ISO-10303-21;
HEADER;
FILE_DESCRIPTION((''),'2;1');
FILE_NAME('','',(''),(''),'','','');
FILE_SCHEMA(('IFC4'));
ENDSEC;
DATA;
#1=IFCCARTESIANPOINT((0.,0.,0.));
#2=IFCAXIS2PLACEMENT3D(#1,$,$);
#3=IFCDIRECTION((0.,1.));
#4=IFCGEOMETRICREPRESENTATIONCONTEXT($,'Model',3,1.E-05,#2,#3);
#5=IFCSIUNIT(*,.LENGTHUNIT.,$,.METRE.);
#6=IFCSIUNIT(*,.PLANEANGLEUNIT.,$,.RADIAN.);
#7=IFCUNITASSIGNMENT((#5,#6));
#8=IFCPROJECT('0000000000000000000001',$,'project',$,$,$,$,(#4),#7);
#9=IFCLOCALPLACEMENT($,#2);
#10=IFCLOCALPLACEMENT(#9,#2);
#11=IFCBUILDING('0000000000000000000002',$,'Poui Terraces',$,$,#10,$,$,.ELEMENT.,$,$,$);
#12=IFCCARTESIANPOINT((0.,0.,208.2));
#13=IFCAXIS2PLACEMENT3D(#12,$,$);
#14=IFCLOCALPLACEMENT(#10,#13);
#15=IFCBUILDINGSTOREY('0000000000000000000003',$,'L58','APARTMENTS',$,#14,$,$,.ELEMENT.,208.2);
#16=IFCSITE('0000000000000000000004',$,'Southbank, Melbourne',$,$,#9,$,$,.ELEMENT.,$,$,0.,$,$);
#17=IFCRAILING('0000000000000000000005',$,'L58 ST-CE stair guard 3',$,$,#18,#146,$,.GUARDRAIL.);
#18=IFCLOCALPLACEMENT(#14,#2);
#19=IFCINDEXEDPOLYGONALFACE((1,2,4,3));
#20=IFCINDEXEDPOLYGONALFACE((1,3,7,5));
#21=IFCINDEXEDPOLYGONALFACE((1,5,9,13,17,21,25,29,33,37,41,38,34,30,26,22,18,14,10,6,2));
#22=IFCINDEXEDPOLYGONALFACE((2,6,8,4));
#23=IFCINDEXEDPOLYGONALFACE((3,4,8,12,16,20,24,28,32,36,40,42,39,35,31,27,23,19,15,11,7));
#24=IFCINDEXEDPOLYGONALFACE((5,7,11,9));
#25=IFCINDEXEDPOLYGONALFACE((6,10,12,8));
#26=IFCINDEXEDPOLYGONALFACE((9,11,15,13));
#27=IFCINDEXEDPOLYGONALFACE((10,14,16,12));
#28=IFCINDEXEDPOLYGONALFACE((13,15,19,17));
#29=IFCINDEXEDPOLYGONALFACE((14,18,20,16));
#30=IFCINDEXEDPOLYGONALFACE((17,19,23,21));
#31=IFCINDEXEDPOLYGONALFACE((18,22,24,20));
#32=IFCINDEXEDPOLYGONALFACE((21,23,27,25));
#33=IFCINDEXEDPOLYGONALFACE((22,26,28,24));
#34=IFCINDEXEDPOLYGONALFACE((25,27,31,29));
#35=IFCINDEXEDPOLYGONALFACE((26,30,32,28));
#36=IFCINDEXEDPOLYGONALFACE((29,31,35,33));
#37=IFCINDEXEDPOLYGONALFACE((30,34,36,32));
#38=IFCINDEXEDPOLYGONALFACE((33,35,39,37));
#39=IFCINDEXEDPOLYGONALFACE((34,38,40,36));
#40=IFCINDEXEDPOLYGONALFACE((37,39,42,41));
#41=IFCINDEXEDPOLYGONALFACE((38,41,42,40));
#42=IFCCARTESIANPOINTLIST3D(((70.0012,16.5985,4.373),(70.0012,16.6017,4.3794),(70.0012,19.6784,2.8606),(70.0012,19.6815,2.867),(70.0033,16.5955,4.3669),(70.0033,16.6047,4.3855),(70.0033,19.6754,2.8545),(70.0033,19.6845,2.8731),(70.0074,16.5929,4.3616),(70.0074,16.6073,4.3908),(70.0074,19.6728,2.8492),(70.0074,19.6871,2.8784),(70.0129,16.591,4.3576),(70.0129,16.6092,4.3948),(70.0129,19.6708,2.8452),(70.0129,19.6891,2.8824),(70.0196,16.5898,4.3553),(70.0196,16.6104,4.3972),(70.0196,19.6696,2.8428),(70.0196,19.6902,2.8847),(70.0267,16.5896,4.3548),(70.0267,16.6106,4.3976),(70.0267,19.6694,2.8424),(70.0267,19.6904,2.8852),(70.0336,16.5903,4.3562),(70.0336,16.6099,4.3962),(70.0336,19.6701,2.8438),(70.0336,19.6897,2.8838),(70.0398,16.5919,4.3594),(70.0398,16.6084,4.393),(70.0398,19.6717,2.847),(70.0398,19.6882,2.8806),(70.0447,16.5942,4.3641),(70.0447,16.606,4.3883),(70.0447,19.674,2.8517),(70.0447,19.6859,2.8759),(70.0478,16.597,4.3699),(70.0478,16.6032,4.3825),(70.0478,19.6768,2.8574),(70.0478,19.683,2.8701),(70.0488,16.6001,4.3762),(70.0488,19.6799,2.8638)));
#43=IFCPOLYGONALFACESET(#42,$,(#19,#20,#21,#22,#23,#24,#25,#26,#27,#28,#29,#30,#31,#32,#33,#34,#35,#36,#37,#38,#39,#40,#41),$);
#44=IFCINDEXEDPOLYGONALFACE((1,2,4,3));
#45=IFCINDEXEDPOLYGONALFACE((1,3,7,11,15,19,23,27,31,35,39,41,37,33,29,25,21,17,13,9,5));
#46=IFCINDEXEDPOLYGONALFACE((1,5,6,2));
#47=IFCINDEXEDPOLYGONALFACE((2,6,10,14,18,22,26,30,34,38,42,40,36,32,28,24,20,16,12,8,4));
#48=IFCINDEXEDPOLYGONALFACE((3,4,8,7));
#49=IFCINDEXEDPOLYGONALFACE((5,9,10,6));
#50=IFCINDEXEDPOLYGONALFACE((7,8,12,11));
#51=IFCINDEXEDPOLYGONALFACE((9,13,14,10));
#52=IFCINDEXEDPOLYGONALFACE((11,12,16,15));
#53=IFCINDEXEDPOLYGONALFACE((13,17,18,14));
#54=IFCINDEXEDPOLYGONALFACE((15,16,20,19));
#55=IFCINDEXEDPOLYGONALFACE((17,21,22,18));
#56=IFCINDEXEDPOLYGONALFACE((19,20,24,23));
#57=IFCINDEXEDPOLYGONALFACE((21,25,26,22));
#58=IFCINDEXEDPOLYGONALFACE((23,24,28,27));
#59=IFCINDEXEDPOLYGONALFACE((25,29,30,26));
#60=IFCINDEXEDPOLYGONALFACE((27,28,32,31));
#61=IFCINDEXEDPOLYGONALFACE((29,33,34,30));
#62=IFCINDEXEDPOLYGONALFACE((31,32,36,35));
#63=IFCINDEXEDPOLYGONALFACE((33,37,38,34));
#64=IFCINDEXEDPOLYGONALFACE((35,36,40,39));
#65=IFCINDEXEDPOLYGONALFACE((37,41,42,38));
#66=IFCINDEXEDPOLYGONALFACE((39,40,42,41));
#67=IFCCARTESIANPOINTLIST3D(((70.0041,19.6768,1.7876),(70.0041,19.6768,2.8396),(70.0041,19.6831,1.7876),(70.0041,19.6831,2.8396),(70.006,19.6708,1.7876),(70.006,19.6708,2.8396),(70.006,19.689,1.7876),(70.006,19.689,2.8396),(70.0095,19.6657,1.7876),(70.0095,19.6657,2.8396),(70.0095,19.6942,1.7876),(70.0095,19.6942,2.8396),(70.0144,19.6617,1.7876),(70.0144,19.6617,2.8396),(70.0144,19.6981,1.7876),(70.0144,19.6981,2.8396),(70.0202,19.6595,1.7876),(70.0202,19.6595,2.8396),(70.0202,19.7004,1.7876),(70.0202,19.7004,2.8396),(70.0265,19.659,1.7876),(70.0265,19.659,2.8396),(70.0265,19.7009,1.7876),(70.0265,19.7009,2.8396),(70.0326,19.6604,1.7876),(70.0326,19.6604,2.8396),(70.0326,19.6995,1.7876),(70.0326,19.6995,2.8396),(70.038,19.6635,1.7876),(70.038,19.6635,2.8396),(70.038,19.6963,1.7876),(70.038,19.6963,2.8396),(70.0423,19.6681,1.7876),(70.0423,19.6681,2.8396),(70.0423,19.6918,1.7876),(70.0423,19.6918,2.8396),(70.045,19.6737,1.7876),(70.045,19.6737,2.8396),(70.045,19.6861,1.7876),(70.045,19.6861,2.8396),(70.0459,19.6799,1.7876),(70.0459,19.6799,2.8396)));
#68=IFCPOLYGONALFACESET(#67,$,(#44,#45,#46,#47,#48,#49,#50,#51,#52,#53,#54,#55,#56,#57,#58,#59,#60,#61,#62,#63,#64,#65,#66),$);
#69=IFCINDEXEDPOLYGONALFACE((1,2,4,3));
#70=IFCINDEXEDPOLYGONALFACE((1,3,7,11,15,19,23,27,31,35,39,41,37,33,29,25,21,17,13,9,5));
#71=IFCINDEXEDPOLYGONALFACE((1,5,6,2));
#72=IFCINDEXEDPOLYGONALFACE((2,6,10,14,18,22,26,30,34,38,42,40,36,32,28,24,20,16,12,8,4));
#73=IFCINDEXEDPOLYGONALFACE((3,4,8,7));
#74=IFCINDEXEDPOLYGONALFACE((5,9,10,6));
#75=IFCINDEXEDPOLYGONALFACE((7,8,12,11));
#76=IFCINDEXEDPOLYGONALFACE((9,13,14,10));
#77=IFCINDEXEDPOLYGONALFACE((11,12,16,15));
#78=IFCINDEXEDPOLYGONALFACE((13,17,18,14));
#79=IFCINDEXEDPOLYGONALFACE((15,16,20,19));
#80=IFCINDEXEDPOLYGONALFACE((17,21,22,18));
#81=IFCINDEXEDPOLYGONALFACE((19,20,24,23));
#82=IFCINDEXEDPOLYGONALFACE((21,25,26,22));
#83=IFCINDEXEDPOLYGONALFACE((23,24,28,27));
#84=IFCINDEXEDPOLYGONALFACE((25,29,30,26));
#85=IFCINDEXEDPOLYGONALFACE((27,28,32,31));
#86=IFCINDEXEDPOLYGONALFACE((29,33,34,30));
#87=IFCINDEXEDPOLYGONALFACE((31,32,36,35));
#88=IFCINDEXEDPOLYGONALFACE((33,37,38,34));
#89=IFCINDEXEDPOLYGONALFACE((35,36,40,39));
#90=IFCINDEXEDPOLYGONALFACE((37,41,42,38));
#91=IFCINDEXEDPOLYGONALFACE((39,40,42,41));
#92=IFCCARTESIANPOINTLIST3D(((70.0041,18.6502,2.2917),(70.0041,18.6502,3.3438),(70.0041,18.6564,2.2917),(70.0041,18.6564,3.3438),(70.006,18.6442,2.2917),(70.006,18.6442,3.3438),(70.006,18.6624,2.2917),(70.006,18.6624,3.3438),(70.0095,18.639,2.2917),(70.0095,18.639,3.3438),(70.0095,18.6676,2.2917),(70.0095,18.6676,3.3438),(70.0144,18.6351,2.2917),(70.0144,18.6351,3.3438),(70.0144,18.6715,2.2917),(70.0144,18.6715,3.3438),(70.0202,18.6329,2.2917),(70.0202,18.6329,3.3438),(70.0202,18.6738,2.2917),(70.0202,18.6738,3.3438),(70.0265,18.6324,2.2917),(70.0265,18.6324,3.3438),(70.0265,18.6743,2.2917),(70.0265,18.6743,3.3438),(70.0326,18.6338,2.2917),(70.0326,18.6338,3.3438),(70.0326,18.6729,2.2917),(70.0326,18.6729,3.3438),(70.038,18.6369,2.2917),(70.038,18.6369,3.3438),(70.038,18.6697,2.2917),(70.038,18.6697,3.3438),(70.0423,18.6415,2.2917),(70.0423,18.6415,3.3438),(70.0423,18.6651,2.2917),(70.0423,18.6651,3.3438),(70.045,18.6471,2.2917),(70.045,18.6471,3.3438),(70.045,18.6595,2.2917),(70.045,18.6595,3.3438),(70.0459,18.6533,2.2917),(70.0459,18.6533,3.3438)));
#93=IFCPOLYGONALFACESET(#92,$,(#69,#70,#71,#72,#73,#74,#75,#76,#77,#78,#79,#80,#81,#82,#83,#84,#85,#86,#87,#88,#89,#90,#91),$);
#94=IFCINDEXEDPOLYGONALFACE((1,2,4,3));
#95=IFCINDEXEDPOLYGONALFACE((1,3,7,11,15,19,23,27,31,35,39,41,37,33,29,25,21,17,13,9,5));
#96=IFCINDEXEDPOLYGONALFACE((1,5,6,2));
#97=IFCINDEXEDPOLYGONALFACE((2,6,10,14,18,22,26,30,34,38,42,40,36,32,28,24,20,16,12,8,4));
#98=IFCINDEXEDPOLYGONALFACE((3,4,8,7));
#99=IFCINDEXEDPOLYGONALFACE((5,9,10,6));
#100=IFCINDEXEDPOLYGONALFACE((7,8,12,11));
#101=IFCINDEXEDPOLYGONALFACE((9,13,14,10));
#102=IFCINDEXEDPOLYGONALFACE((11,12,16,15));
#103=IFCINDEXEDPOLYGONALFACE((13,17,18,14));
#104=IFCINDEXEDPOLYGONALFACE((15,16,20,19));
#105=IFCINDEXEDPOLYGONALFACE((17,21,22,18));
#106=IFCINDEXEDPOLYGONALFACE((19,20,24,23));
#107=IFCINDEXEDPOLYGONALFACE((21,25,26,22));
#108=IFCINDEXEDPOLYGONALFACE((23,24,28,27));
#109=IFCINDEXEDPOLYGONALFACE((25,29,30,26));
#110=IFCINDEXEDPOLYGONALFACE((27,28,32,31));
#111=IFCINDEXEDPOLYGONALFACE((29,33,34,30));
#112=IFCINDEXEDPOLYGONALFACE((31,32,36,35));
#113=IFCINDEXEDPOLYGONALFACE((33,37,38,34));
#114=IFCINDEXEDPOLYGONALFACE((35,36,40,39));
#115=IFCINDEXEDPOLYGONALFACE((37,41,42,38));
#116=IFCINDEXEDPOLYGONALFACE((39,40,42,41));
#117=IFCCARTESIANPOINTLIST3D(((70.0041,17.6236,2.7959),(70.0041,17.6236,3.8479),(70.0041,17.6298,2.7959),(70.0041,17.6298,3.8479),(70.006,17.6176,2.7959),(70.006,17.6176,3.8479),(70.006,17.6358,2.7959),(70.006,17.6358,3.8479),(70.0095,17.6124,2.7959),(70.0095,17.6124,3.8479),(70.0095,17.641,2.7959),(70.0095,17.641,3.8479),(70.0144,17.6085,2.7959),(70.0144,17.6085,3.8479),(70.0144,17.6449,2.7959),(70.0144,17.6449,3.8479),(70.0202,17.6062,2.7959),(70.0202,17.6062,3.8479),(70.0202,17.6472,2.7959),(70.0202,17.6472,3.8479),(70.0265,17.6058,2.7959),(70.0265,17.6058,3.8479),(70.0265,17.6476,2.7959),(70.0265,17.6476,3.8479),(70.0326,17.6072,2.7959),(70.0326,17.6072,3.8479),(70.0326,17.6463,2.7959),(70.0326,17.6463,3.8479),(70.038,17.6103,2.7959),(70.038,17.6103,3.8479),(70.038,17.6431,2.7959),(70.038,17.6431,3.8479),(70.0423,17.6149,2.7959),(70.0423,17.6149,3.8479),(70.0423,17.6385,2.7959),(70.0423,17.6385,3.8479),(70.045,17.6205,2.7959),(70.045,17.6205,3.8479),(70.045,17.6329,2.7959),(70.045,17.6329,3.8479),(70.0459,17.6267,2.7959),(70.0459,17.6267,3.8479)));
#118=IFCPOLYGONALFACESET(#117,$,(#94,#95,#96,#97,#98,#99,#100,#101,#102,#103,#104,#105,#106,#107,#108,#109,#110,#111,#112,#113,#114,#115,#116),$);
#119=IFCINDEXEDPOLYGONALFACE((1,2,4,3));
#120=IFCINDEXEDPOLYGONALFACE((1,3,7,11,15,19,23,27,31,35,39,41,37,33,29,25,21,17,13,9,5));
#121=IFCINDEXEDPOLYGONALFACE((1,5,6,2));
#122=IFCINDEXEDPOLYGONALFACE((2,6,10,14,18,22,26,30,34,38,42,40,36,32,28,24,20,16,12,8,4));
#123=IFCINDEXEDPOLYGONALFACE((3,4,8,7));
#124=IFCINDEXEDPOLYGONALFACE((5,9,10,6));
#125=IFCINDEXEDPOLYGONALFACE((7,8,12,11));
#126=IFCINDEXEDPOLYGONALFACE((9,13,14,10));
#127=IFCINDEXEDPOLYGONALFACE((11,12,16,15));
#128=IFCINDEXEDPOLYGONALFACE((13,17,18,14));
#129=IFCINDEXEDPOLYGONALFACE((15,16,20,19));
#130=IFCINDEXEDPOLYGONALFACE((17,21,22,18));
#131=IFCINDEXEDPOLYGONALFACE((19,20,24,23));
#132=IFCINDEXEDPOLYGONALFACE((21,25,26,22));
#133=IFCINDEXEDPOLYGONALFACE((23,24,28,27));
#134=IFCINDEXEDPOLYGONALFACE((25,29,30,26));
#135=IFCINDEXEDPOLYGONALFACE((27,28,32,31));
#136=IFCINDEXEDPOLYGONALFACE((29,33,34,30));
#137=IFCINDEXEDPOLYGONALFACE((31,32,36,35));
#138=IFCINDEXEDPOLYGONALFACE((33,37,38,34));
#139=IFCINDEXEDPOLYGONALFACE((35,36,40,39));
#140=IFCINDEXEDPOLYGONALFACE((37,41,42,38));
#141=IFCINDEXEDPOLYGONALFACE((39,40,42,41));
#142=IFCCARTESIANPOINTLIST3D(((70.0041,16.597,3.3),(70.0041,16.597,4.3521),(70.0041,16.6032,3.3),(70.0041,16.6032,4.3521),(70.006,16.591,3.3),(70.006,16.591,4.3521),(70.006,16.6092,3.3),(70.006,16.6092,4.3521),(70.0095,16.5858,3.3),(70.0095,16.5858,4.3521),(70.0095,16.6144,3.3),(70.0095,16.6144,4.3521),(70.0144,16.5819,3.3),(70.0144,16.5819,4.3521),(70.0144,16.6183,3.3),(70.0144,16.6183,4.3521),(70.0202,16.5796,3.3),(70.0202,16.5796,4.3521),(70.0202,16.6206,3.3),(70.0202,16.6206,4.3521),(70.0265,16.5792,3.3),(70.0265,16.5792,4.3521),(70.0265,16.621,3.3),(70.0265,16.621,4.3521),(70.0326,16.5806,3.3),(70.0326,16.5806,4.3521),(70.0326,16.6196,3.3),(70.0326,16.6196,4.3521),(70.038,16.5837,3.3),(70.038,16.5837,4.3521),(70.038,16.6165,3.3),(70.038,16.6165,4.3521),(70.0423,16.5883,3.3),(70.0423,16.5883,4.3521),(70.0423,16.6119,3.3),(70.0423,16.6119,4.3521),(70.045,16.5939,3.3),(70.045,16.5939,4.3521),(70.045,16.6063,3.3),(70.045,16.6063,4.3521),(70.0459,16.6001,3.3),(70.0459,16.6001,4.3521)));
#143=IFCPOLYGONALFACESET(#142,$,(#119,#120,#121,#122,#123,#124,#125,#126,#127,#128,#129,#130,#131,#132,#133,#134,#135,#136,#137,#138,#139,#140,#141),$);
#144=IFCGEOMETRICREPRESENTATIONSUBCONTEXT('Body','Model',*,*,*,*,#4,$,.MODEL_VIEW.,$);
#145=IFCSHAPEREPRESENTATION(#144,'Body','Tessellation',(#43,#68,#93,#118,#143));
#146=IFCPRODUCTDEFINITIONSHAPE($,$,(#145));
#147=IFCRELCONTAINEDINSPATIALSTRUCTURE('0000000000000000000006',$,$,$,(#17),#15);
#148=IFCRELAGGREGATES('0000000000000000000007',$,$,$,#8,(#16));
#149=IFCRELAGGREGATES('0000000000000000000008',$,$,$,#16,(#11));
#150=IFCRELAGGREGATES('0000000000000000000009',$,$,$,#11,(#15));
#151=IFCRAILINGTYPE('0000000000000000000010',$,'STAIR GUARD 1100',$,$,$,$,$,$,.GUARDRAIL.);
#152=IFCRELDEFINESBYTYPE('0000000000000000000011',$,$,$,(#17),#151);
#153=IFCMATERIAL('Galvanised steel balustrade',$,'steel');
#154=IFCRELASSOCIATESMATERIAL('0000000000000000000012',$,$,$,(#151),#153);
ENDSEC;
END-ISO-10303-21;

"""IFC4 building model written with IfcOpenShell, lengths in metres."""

from ifc_helpers import new_model, si_unit, direction, frame, origin, origin_2d, place, context, subcontext, project, spatial, circle, extrude, material, type_object, element, save


model = new_model("IFC4")

# Units and contexts
model_context = context("Model", 3, precision=1e-05, world=origin(), true_north=direction((0.0, 1.0)))
body_context = subcontext(model_context, "Body", "Model", "MODEL_VIEW")
ifc_project = project(units=[si_unit("LENGTHUNIT", "METRE"), si_unit("PLANEANGLEUNIT", "RADIAN")], contexts=[model_context])

# Site, building, storey
site_placement = place(None, origin())
site = spatial("IfcSite", under=ifc_project, at=site_placement, Name="Southbank, Melbourne", CompositionType="ELEMENT", RefElevation=0.0)
building_placement = place(site_placement, origin())
building = spatial("IfcBuilding", under=site, at=building_placement, Name="Poui Terraces", CompositionType="ELEMENT")
storey_placement = place(building_placement, frame((0.0, 0.0, 208.2)))
storey = spatial("IfcBuildingStorey", under=building, at=storey_placement, Name="L58", Description="APARTMENTS", CompositionType="ELEMENT", Elevation=208.2)

# Railing
ifc_material_1 = material(Name="Galvanised steel balustrade", Category="steel")
railing_type_1 = type_object("IfcRailingType", Name="STAIR GUARD 1100", PredefinedType="GUARDRAIL", material=ifc_material_1)
railing_1_placement = place(storey_placement, frame((70.0249, 19.6799, 1.7876)))
element("IfcRailing", 1, at=railing_1_placement, inside=storey, type_object=railing_type_1, Name="L58 ST-CE stair guard 3", PredefinedType="GUARDRAIL", context=body_context, shape_type="SweptSolid", body=[
    extrude(circle(Radius=0.0239, at=origin_2d()), frame((0.0, 0.0, 1.0762), z_axis=(0.0, -0.897606, 0.440798), x_axis=(1.0, 0.0, 0.0)), (0.0, 0.0, 1.0), 3.4312),
    extrude(circle(Radius=0.021, at=origin_2d()), origin(), (0.0, 0.0, 1.0), 1.052),
    extrude(circle(Radius=0.021, at=origin_2d()), frame((0.0, -1.0266, 0.5042)), (0.0, 0.0, 1.0), 1.052),
    extrude(circle(Radius=0.021, at=origin_2d()), frame((0.0, -2.0532, 1.0083)), (0.0, 0.0, 1.0), 1.052),
    extrude(circle(Radius=0.021, at=origin_2d()), frame((0.0, -3.0798, 1.5125)), (0.0, 0.0, 1.0), 1.052),
])

save(model, "model.ifc")
